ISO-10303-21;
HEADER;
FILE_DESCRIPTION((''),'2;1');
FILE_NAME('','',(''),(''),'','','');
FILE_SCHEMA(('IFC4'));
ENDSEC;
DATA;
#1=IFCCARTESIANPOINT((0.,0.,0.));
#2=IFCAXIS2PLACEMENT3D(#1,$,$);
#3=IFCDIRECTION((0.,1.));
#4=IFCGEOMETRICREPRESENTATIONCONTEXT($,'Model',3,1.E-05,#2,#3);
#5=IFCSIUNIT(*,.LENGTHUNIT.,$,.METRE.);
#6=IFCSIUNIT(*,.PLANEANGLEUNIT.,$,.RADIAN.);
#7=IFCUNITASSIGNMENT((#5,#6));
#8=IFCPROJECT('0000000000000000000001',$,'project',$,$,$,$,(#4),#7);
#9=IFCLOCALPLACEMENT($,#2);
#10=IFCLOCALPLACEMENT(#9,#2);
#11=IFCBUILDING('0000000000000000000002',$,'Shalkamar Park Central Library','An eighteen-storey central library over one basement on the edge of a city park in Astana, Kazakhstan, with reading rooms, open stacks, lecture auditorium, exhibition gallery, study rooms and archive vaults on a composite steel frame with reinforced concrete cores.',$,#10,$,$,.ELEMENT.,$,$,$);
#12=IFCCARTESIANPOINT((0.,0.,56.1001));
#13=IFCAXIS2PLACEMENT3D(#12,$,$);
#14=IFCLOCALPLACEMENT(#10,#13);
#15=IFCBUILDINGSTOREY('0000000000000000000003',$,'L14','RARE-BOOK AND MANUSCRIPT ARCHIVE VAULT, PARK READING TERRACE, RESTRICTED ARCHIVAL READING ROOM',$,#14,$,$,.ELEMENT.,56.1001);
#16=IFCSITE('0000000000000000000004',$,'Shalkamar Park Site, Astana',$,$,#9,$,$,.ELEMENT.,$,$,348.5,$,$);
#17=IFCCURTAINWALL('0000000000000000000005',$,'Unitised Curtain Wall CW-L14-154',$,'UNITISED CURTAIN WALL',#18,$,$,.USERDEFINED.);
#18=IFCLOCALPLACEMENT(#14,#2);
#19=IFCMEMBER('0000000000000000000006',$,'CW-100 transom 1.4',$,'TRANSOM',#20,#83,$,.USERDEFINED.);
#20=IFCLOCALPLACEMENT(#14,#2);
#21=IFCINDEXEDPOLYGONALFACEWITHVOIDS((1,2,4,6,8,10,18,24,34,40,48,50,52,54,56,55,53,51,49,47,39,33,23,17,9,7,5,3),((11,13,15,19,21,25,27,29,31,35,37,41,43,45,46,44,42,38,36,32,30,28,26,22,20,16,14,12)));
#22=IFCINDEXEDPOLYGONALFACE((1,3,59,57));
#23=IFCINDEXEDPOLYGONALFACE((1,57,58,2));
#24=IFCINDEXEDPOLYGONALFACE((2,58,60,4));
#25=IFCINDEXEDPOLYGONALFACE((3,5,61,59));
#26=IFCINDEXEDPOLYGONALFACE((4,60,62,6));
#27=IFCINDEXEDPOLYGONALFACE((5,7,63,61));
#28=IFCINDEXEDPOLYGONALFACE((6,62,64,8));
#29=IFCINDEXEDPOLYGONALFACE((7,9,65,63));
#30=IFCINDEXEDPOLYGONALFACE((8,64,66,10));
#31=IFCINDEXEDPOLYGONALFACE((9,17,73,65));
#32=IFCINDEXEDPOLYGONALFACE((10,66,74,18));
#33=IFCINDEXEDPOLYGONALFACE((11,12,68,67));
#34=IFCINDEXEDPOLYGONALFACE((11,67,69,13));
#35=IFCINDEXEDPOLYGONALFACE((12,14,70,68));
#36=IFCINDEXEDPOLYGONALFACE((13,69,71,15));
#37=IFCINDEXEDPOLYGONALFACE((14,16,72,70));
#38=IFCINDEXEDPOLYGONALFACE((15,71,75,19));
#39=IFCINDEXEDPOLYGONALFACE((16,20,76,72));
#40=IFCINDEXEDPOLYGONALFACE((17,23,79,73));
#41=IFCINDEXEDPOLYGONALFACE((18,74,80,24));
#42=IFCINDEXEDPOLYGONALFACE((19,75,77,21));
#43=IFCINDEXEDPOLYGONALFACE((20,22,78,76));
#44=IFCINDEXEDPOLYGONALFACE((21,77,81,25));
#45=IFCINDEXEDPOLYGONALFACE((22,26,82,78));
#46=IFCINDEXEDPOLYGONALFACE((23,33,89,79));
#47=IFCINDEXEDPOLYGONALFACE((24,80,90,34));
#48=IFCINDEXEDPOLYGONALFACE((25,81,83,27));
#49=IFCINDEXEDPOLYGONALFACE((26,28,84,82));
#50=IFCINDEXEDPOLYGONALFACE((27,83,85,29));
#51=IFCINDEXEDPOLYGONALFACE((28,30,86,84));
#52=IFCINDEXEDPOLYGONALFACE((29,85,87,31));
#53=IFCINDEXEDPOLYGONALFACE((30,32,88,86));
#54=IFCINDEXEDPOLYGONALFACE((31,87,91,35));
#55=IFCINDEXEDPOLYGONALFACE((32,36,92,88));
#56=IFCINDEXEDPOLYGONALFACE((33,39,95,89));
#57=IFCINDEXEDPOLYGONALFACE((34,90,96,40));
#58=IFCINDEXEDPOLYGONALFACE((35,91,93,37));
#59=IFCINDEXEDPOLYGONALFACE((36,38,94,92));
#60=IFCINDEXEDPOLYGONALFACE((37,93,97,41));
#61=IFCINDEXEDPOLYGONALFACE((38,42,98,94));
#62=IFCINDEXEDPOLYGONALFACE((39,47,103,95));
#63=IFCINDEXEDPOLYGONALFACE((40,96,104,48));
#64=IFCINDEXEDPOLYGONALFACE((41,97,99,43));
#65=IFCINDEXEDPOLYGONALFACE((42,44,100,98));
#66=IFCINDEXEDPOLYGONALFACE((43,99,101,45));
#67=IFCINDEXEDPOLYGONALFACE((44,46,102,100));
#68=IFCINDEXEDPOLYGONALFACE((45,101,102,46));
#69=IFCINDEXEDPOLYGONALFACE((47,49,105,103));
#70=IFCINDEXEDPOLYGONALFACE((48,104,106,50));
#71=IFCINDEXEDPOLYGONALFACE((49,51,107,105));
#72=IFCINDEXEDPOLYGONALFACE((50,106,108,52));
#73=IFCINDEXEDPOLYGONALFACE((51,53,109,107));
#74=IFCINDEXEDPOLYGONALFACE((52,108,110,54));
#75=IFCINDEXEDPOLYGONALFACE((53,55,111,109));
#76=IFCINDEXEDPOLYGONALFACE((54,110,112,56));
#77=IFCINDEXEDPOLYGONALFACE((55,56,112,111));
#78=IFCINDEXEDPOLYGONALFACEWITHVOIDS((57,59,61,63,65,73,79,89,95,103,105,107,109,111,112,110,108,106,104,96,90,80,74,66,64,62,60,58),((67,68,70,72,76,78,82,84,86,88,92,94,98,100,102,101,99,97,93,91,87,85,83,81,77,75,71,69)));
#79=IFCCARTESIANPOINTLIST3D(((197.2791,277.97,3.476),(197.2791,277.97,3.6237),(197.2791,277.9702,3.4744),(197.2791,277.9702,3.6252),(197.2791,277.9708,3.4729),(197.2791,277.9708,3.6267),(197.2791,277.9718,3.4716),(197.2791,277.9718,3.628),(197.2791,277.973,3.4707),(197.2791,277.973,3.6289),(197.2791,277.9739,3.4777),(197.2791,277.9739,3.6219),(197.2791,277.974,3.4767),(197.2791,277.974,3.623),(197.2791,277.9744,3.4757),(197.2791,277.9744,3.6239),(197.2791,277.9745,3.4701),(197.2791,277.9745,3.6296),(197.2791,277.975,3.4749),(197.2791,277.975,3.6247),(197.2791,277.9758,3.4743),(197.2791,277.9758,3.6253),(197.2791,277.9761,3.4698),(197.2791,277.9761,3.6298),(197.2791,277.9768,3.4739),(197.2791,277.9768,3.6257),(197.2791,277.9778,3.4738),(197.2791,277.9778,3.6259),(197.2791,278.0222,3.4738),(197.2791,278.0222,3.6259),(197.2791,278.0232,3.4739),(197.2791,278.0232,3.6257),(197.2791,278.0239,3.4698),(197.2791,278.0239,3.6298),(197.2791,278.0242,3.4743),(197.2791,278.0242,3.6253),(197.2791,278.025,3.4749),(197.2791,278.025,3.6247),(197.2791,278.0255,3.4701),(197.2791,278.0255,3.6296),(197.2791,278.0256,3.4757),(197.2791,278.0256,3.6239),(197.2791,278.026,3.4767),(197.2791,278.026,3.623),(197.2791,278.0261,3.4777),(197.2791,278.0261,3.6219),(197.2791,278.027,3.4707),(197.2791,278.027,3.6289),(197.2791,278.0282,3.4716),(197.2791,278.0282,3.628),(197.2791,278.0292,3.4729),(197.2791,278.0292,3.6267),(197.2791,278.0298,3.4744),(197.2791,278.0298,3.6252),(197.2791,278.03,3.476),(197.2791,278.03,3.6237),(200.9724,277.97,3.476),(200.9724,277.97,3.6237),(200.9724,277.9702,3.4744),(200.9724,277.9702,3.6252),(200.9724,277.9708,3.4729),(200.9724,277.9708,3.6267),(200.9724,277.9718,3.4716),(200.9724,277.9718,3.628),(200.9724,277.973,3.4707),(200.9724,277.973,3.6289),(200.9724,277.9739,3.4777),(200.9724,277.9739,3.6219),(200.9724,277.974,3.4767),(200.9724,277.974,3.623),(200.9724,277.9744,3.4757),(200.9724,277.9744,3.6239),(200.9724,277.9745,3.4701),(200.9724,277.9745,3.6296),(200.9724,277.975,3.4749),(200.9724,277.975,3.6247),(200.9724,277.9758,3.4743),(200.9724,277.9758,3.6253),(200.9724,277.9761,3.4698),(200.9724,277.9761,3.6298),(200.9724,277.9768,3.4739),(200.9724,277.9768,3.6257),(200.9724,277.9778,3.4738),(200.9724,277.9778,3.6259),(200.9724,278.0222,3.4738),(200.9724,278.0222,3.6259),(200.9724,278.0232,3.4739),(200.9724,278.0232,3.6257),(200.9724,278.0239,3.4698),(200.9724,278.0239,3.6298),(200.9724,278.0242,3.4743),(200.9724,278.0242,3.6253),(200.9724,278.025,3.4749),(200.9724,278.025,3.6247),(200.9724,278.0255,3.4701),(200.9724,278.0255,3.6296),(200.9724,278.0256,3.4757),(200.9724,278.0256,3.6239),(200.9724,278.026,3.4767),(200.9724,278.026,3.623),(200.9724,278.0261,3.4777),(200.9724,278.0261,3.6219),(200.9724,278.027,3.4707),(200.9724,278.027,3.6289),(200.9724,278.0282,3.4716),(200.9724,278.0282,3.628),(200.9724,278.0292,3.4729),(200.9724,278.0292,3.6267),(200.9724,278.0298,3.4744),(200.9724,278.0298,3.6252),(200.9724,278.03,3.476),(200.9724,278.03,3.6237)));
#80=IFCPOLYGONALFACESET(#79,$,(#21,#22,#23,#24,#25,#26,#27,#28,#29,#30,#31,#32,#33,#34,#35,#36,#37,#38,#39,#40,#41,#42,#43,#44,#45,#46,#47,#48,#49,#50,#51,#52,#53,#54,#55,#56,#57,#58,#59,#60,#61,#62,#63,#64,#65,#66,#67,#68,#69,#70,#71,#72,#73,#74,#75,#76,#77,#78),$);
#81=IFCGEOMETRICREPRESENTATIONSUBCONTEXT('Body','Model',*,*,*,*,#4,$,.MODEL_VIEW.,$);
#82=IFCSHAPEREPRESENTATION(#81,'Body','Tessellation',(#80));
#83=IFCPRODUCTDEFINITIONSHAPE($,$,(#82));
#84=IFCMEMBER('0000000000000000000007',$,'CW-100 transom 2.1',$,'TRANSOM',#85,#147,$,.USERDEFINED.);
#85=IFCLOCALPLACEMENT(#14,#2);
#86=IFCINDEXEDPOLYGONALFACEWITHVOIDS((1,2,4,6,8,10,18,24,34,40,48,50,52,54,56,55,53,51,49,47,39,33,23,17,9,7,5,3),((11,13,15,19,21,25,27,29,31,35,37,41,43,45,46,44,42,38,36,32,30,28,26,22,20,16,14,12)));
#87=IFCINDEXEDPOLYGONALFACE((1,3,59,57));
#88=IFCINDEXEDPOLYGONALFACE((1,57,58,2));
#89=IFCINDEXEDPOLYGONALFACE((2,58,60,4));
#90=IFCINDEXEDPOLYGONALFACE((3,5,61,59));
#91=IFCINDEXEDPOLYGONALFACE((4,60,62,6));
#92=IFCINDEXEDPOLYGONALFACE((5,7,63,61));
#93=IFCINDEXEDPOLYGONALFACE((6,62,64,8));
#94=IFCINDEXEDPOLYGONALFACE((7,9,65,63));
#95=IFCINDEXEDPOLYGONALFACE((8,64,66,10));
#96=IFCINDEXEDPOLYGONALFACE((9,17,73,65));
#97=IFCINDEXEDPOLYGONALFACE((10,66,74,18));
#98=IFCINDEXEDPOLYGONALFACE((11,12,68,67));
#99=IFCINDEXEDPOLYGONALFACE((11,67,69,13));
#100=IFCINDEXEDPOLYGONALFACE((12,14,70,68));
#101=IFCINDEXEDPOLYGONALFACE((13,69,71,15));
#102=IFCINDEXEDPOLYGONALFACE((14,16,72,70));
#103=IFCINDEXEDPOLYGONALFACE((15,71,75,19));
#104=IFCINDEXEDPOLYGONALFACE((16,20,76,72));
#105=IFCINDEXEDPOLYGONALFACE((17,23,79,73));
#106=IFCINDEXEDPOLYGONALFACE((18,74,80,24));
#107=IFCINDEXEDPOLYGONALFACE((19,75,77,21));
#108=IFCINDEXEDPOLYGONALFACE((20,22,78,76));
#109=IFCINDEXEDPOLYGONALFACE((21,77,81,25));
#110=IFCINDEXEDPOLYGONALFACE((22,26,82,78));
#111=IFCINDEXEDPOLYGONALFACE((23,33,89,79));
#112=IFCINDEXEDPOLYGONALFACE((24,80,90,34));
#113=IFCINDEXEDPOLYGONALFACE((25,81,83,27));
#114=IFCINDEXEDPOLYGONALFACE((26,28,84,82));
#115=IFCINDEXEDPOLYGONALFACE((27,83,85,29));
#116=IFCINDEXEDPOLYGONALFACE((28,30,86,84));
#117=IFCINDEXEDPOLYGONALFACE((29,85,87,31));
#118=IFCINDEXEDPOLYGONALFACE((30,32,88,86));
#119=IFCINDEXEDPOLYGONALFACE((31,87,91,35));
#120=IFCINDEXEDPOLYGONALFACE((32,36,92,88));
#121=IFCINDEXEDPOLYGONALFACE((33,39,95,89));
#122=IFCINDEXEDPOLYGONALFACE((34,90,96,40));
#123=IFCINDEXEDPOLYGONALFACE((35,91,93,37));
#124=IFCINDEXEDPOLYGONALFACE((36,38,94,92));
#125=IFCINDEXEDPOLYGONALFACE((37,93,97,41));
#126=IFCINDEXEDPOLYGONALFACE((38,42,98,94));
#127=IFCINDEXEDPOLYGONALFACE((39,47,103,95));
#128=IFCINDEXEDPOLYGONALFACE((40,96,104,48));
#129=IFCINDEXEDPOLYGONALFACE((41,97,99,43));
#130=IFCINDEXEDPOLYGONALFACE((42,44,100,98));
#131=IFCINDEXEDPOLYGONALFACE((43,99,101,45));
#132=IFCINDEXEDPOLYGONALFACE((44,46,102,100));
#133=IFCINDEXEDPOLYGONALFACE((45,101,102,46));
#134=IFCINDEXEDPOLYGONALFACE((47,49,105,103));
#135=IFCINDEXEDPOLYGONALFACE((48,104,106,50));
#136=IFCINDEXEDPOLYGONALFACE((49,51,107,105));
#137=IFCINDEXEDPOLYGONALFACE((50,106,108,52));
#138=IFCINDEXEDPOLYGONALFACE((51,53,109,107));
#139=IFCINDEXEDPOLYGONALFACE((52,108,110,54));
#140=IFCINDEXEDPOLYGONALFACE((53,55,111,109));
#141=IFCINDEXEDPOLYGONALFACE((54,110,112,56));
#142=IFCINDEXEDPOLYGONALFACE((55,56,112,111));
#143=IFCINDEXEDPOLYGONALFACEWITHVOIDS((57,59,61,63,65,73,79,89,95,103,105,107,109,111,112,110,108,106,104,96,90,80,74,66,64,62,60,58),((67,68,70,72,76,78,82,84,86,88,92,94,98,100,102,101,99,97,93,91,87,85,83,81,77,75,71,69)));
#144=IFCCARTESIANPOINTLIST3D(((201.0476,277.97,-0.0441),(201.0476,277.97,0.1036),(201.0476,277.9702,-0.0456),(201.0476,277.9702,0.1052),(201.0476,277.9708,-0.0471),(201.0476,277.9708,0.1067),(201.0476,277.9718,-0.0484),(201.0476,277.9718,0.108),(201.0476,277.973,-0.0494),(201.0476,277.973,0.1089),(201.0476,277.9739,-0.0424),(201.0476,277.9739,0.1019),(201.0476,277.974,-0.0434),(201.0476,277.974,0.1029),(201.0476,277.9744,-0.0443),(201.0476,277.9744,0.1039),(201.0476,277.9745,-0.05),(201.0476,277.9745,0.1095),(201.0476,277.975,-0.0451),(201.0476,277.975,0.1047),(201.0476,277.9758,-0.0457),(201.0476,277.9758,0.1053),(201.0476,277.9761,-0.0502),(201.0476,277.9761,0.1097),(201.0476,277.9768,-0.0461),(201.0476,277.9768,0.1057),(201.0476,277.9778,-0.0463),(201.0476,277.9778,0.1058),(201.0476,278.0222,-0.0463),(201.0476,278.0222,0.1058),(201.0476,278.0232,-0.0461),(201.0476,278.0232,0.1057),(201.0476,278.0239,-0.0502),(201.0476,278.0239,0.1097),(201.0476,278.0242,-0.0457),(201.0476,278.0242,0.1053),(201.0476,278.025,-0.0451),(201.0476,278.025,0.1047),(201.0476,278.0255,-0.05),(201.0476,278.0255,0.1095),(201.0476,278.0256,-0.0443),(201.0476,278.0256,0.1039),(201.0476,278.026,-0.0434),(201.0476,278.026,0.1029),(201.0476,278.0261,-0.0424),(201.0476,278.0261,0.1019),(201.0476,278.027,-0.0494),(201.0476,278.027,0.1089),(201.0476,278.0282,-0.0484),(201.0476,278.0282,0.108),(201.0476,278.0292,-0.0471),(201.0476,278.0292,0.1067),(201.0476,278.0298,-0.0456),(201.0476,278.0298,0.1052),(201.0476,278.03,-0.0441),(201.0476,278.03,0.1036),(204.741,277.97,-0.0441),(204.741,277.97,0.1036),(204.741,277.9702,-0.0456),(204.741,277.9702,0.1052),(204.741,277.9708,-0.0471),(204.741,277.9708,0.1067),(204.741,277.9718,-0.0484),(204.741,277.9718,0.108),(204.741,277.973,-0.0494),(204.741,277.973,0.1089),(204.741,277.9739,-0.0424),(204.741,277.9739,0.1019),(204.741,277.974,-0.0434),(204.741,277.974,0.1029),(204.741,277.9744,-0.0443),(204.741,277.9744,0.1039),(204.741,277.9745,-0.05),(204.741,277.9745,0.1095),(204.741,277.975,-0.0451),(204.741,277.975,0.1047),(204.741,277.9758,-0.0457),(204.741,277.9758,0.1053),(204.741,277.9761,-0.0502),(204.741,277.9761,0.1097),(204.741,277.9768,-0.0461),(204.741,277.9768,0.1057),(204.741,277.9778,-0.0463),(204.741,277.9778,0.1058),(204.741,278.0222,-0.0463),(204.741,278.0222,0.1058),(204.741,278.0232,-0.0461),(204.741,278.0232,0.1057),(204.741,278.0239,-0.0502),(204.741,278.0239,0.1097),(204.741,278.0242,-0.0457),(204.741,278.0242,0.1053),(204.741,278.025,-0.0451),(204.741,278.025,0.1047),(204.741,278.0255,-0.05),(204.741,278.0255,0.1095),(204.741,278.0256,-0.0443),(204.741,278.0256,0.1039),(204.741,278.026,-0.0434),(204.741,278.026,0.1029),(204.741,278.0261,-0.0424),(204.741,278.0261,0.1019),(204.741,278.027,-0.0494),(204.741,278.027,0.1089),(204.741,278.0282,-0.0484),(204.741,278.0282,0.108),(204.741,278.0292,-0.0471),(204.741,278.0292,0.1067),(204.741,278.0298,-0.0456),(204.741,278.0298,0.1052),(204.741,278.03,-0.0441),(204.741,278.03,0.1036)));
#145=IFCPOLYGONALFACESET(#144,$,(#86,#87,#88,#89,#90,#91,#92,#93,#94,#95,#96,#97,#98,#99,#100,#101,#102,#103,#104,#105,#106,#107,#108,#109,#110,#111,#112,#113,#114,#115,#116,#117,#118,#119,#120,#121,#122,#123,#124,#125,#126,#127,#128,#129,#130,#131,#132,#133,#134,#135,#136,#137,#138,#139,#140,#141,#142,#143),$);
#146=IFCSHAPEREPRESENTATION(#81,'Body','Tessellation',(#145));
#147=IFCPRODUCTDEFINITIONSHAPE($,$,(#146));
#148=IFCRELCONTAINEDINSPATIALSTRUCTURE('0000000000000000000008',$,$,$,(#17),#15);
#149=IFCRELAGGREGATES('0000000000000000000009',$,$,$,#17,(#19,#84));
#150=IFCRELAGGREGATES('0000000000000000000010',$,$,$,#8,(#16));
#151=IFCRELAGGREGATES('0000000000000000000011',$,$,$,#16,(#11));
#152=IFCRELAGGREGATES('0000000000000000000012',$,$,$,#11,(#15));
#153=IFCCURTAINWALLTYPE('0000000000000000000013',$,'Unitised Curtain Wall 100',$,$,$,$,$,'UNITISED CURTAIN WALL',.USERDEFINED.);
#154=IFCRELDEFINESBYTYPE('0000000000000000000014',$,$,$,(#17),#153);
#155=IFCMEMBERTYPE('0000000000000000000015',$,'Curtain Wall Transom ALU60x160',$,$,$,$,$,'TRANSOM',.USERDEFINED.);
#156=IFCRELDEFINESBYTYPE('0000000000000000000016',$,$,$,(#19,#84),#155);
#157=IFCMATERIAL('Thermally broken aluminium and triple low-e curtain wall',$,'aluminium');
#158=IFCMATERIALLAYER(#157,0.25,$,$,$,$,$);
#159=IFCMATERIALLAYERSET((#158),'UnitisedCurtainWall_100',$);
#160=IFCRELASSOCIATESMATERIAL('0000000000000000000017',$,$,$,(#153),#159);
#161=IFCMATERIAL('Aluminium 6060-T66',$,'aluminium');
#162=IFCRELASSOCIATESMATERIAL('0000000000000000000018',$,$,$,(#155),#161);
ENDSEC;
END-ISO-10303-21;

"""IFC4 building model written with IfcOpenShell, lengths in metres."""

from ifc_helpers import new_model, si_unit, direction, frame, origin, origin_2d, place, context, subcontext, project, spatial, hollow_rectangle, extrude, material, layer, layer_set, material_profile, profile_set, type_object, element, aggregate, save


model = new_model("IFC4")

# Units and contexts
model_context = context("Model", 3, precision=1e-05, world=origin(), true_north=direction((0.0, 1.0)))
body_context = subcontext(model_context, "Body", "Model", "MODEL_VIEW")
ifc_project = project(units=[si_unit("LENGTHUNIT", "METRE"), si_unit("PLANEANGLEUNIT", "RADIAN")], contexts=[model_context])

# Site, building, storey
site_placement = place(None, origin())
site = spatial("IfcSite", under=ifc_project, at=site_placement, Name="Shalkamar Park Site, Astana", CompositionType="ELEMENT", RefElevation=348.5)
building_placement = place(site_placement, origin())
building = spatial("IfcBuilding", under=site, at=building_placement, Name="Shalkamar Park Central Library", Description="An eighteen-storey central library over one basement on the edge of a city park in Astana, Kazakhstan, with reading rooms, open stacks, lecture auditorium, exhibition gallery, study rooms and archive vaults on a composite steel frame with reinforced concrete cores.", CompositionType="ELEMENT")
storey_placement = place(building_placement, frame((0.0, 0.0, 56.1001)))
storey = spatial("IfcBuildingStorey", under=building, at=storey_placement, Name="L14", Description="RARE-BOOK AND MANUSCRIPT ARCHIVE VAULT, PARK READING TERRACE, RESTRICTED ARCHIVAL READING ROOM", CompositionType="ELEMENT", Elevation=56.1001)

# Curtain wall
ifc_material_1 = material(Name="Thermally broken aluminium and triple low-e curtain wall", Category="aluminium")
ifc_layer_1 = layer(ifc_material_1, 0.25)
ifc_layer_set_1 = layer_set([ifc_layer_1], Name="UnitisedCurtainWall_100")
curtain_wall_type_1 = type_object("IfcCurtainWallType", Name="Unitised Curtain Wall 100", ElementType="UNITISED CURTAIN WALL", PredefinedType="USERDEFINED", material=ifc_layer_set_1)
curtain_wall_1_placement = place(storey_placement, origin())
curtain_wall_1 = element("IfcCurtainWall", 1, at=curtain_wall_1_placement, inside=storey, type_object=curtain_wall_type_1, Name="Unitised Curtain Wall CW-L14-154", ObjectType="UNITISED CURTAIN WALL", PredefinedType="USERDEFINED")
ifc_material_2 = material(Name="Aluminium 6060-T66", Category="aluminium")

# Members
ifc_material_profile_1 = material_profile(ifc_material_2, hollow_rectangle(XDim=0.0601, YDim=0.1599, WallThickness=0.0039, InnerFilletRadius=0.0039, OuterFilletRadius=0.0061, at=origin_2d()), Name="ALU 60x160x4")
ifc_profile_set_1 = profile_set([ifc_material_profile_1], Name="Aluminium 6060-T66")
member_type_1 = type_object("IfcMemberType", Name="Curtain Wall Transom ALU60x160", ElementType="TRANSOM", PredefinedType="USERDEFINED", material=ifc_profile_set_1)
member_1_placement = place(storey_placement, frame((197.2791, 278.0, 3.5498), z_axis=(1.0, 0.0, 0.0), x_axis=(0.0, 1.0, 0.0)))
member_1 = element("IfcMember", 2, at=member_1_placement, type_object=member_type_1, Name="CW-100 transom 1.4", ObjectType="TRANSOM", PredefinedType="USERDEFINED", context=body_context, shape_type="SweptSolid", body=[
    extrude(hollow_rectangle(XDim=0.0601, YDim=0.1599, WallThickness=0.0039, InnerFilletRadius=0.0039, OuterFilletRadius=0.0061, at=origin_2d()), origin(), (0.0, 0.0, 1.0), 3.6934),
])
member_2_placement = place(storey_placement, frame((201.0476, 278.0, 0.0298), z_axis=(1.0, 0.0, 0.0), x_axis=(0.0, 1.0, 0.0)))
member_2 = element("IfcMember", 3, at=member_2_placement, type_object=member_type_1, Name="CW-100 transom 2.1", ObjectType="TRANSOM", PredefinedType="USERDEFINED", context=body_context, shape_type="SweptSolid", body=[
    extrude(hollow_rectangle(XDim=0.0601, YDim=0.1599, WallThickness=0.0039, InnerFilletRadius=0.0039, OuterFilletRadius=0.0061, at=origin_2d()), origin(), (0.0, 0.0, 1.0), 3.6934),
])

aggregate(curtain_wall_1, [member_1, member_2])

save(model, "model.ifc")
